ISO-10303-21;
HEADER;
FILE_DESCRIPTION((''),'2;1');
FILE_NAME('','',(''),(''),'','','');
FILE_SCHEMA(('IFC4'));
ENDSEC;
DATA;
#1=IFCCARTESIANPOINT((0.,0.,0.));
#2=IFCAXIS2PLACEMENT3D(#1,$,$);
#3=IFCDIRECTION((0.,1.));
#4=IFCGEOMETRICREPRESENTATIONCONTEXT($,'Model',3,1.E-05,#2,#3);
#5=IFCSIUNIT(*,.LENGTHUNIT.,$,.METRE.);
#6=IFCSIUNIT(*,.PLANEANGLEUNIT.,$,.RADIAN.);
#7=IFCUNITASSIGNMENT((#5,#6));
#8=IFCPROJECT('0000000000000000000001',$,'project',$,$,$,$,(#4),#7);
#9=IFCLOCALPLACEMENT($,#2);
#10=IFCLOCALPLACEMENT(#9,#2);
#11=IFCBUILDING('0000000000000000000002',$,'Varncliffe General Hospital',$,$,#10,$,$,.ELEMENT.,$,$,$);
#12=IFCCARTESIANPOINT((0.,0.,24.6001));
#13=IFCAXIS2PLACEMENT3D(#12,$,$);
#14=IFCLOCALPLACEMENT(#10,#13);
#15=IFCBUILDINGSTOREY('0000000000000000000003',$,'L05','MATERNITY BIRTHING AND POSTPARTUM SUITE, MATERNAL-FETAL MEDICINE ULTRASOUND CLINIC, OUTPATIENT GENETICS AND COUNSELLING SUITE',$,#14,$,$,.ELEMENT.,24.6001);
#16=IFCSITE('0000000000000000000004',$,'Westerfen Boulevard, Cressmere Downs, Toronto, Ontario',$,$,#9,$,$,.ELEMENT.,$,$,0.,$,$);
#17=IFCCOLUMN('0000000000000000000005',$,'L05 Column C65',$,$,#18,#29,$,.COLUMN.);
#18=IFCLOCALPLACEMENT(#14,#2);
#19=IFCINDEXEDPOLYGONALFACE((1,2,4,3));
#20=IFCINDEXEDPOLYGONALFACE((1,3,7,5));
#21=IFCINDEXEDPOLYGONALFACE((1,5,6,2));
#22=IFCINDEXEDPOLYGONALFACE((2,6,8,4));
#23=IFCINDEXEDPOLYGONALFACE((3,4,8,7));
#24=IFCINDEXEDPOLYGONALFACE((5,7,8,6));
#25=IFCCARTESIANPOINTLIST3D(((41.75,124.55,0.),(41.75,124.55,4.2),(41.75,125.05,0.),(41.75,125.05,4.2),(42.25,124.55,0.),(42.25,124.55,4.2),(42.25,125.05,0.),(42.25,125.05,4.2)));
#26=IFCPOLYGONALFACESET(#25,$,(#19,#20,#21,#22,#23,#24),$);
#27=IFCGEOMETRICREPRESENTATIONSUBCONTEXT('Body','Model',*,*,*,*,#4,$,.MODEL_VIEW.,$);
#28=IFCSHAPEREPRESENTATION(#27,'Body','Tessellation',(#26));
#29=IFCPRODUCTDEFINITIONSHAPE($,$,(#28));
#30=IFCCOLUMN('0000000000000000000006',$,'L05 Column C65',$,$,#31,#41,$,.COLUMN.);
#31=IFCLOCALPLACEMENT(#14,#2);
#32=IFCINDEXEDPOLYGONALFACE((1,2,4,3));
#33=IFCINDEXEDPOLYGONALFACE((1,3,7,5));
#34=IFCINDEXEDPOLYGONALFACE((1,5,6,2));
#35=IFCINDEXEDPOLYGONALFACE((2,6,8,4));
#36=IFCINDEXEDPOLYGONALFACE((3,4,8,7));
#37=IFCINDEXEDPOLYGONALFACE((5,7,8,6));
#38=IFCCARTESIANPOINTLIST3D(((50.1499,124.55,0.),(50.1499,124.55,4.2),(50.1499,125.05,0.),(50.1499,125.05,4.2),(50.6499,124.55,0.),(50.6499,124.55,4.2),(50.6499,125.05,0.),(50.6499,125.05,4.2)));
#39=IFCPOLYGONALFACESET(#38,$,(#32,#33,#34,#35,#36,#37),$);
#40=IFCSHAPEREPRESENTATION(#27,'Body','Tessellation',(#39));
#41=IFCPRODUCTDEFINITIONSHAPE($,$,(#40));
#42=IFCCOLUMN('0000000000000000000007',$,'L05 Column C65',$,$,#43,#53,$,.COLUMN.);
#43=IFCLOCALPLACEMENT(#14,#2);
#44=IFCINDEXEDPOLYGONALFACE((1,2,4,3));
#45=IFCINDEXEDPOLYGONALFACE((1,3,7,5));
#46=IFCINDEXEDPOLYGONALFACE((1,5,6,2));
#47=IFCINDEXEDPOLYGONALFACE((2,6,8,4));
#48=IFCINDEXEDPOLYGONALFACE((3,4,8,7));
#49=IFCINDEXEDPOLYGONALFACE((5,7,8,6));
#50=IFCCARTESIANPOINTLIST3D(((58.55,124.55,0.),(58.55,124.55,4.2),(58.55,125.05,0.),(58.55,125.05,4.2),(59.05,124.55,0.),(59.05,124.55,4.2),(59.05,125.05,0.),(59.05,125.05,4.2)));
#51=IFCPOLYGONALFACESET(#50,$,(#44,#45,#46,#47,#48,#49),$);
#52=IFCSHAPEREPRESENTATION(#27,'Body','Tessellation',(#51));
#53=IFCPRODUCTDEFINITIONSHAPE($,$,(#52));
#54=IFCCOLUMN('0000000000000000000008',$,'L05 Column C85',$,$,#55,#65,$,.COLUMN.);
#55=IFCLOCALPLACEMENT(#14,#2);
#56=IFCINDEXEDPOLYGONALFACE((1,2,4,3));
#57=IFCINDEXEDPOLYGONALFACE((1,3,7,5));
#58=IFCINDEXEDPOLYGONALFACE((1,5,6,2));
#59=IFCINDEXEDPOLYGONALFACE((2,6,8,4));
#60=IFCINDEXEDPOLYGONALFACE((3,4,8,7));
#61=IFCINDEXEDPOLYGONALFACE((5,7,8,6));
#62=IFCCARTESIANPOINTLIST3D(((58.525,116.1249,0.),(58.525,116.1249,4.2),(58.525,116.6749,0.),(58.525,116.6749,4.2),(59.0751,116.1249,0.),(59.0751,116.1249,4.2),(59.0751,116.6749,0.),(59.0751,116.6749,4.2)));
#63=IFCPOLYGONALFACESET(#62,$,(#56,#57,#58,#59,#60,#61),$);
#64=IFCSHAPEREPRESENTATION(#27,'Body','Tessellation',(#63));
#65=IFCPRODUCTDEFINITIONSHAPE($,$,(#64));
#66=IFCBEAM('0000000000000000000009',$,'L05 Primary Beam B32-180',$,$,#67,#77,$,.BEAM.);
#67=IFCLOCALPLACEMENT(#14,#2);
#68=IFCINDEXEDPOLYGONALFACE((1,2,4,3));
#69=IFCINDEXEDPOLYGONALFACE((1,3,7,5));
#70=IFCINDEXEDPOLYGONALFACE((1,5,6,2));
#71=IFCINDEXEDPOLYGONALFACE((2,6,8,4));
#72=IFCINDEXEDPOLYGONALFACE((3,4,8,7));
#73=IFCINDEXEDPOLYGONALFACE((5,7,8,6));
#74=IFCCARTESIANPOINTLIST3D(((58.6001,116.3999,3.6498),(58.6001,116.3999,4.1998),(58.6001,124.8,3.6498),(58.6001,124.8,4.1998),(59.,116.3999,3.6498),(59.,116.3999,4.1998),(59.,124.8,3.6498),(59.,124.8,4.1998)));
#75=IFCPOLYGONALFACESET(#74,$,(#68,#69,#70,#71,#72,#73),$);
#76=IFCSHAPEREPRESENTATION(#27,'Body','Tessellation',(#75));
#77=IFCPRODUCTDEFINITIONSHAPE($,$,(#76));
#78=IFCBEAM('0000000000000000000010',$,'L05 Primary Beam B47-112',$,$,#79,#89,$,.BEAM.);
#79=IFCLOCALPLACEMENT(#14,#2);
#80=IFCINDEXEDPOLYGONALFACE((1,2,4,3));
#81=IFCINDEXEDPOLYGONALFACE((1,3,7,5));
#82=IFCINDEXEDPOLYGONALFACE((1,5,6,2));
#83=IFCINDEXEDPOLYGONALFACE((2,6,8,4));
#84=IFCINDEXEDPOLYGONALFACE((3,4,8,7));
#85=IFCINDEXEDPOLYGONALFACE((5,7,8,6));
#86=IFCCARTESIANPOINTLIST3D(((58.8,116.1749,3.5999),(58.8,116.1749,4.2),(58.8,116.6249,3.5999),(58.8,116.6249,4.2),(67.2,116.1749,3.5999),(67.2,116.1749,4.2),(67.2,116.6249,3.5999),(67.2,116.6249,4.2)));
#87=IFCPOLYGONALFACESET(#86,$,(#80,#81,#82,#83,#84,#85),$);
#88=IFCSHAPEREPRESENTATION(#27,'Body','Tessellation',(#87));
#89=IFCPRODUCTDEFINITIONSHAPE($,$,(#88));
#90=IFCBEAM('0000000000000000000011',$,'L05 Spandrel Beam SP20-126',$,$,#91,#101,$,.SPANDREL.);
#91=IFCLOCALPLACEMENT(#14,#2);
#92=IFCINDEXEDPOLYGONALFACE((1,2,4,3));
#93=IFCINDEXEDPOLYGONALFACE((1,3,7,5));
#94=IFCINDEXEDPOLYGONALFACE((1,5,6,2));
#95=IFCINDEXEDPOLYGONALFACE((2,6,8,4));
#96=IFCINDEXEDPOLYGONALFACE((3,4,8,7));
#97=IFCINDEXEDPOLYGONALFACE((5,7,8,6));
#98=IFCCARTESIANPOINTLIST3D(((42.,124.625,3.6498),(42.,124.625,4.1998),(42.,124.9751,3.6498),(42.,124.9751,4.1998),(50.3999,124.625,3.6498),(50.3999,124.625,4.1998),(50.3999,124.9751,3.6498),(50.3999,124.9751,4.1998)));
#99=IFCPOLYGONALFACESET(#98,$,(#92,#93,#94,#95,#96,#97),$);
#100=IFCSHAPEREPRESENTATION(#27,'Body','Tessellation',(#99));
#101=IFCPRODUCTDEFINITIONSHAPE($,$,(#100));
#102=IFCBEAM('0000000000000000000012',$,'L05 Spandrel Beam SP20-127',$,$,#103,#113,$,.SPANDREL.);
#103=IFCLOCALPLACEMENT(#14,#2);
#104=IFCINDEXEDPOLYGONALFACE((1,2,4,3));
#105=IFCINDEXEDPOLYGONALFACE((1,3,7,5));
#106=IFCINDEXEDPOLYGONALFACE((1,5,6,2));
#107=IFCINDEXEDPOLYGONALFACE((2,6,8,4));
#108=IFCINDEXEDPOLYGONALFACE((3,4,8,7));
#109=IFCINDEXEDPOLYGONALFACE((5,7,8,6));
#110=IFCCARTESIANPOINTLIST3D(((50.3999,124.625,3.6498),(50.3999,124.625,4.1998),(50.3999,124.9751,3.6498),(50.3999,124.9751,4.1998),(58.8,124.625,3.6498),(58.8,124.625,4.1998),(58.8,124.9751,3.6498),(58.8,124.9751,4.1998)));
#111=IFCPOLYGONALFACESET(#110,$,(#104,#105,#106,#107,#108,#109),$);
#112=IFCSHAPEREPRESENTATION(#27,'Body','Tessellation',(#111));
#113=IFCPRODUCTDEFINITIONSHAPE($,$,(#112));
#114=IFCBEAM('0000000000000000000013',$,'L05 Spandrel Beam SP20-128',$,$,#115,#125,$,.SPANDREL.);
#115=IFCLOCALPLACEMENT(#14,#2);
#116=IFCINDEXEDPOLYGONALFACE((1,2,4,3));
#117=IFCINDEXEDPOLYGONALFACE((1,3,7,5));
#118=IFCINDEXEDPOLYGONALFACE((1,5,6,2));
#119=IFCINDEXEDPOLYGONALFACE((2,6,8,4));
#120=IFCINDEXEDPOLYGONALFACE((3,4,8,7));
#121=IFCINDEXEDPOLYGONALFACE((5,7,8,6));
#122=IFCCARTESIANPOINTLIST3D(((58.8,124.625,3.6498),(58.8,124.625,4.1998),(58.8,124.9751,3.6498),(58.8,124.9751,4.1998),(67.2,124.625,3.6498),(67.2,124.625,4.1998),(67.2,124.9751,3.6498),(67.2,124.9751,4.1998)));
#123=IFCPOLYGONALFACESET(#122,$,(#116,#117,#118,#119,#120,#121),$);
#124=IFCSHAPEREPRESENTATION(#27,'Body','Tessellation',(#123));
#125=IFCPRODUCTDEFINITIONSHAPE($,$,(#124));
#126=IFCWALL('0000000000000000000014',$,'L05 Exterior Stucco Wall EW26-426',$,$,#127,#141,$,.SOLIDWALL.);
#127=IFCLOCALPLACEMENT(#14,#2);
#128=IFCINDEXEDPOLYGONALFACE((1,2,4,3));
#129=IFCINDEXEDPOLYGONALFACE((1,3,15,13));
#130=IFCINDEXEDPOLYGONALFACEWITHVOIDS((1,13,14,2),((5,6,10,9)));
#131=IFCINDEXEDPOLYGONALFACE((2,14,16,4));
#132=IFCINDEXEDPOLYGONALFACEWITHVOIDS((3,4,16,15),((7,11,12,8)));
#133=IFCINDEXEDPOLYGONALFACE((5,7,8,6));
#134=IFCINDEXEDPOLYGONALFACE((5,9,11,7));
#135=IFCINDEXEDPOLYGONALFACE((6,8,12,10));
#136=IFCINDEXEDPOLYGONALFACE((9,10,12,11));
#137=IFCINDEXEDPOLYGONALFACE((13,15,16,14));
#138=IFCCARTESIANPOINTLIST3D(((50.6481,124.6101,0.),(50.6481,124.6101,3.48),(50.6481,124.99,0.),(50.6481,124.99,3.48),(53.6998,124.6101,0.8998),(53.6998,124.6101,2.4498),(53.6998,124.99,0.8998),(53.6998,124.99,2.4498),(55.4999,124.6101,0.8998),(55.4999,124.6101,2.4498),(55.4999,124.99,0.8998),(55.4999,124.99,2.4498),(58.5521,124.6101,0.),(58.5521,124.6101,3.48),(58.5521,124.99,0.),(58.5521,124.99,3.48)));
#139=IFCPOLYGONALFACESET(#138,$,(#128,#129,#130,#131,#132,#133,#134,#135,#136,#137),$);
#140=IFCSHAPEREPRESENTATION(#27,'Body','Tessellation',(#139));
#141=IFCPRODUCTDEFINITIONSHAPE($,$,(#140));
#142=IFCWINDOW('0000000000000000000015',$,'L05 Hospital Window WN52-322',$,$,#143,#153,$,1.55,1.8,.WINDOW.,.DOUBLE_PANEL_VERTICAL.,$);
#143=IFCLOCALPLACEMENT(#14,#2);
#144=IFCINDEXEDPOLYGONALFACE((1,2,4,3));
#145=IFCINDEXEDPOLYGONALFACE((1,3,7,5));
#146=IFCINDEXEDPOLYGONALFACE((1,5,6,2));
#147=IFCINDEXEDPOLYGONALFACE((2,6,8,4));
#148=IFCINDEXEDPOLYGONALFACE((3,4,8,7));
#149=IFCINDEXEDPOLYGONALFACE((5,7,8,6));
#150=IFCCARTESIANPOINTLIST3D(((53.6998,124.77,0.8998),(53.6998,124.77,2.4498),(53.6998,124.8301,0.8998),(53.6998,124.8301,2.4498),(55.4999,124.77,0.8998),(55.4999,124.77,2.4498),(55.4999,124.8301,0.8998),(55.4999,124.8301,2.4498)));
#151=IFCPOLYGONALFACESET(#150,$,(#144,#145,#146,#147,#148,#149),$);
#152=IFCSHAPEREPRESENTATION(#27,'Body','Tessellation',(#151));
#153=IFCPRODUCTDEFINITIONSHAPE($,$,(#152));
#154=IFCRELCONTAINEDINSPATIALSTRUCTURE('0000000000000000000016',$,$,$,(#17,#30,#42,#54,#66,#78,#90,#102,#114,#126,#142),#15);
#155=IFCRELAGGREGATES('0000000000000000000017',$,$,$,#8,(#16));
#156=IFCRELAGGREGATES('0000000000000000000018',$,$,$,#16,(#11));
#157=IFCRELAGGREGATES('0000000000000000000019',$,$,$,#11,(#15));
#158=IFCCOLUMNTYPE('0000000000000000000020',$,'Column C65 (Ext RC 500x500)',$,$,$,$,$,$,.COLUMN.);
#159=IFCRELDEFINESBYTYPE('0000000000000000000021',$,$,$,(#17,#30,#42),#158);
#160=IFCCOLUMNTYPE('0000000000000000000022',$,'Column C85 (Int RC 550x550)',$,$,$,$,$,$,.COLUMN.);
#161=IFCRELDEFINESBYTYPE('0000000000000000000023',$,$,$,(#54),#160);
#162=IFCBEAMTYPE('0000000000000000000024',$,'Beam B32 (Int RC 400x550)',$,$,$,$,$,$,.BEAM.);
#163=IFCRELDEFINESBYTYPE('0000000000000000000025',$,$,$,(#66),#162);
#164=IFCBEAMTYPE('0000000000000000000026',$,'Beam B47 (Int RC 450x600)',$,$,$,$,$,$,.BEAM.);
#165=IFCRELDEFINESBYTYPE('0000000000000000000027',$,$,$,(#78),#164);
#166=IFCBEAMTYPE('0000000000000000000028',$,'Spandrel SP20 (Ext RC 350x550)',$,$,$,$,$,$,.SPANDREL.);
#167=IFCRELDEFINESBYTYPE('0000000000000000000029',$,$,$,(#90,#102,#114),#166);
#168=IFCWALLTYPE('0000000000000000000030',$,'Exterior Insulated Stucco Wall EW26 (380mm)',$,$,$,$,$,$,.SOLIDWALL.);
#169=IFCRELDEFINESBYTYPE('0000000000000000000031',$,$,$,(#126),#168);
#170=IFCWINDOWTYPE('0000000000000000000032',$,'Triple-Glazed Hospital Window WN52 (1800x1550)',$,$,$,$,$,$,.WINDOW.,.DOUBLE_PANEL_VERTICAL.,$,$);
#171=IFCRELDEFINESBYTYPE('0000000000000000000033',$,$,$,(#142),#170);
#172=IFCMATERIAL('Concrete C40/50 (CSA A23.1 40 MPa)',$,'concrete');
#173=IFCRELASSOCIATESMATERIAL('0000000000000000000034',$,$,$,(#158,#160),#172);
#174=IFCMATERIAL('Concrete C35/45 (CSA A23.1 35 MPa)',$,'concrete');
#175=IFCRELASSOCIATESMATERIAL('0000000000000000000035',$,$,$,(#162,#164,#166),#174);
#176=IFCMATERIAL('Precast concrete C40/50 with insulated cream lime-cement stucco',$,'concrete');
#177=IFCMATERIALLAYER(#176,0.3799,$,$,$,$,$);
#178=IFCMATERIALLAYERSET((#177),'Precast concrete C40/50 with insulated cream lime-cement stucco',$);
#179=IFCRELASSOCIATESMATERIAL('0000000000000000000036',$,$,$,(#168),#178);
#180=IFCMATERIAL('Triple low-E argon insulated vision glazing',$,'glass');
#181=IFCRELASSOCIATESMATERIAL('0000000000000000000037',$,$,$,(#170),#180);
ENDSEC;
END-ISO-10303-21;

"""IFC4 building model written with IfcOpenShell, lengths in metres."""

from ifc_helpers import new_model, si_unit, direction, frame, frame_2d, origin, origin_2d, place, context, subcontext, project, spatial, rectangle, extrude, material, layer, layer_set, material_profile, profile_set, type_object, element, fill, save


model = new_model("IFC4")

# Units and contexts
model_context = context("Model", 3, precision=1e-05, world=origin(), true_north=direction((0.0, 1.0)))
body_context = subcontext(model_context, "Body", "Model", "MODEL_VIEW")
ifc_project = project(units=[si_unit("LENGTHUNIT", "METRE"), si_unit("PLANEANGLEUNIT", "RADIAN")], contexts=[model_context])

# Site, building, storey
site_placement = place(None, origin())
site = spatial("IfcSite", under=ifc_project, at=site_placement, Name="Westerfen Boulevard, Cressmere Downs, Toronto, Ontario", CompositionType="ELEMENT", RefElevation=0.0)
building_placement = place(site_placement, origin())
building = spatial("IfcBuilding", under=site, at=building_placement, Name="Varncliffe General Hospital", CompositionType="ELEMENT")
storey_placement = place(building_placement, frame((0.0, 0.0, 24.6001)))
storey = spatial("IfcBuildingStorey", under=building, at=storey_placement, Name="L05", Description="MATERNITY BIRTHING AND POSTPARTUM SUITE, MATERNAL-FETAL MEDICINE ULTRASOUND CLINIC, OUTPATIENT GENETICS AND COUNSELLING SUITE", CompositionType="ELEMENT", Elevation=24.6001)

# Columns
ifc_material_1 = material(Name="Concrete C40/50 (CSA A23.1 40 MPa)", Category="concrete")
ifc_material_profile_1 = material_profile(ifc_material_1, rectangle(XDim=0.5, YDim=0.5, at=origin_2d()), Name="RC 500x500")
ifc_profile_set_1 = profile_set([ifc_material_profile_1], Name="Concrete C40/50 (CSA A23.1 40 MPa)")
column_type_1 = type_object("IfcColumnType", Name="Column C65 (Ext RC 500x500)", PredefinedType="COLUMN", material=ifc_profile_set_1)
for number, where, z_axis, x_axis, name in (
    (1, (42.0, 124.8, 0.0), (0.0, 0.0, 1.0), (1.0, 0.0, 0.0), "L05 Column C65"),
    (2, (50.3999, 124.8, 0.0), (0.0, 0.0, 1.0), (1.0, 0.0, 0.0), "L05 Column C65"),
    (3, (58.8, 124.8, 0.0), (0.0, 0.0, 1.0), (1.0, 0.0, 0.0), "L05 Column C65"),
):
    element("IfcColumn", number, at=place(storey_placement, frame(where, z_axis=z_axis, x_axis=x_axis)), inside=storey, type_object=column_type_1, Name=name, PredefinedType="COLUMN", context=body_context, shape_type="SweptSolid", body=[
        extrude(rectangle(XDim=0.5, YDim=0.5, at=origin_2d()), origin(), (0.0, 0.0, 1.0), 4.2),
    ])
ifc_material_profile_2 = material_profile(ifc_material_1, rectangle(XDim=0.55, YDim=0.55, at=origin_2d()), Name="RC 550x550")
ifc_profile_set_2 = profile_set([ifc_material_profile_2], Name="Concrete C40/50 (CSA A23.1 40 MPa)")
column_type_2 = type_object("IfcColumnType", Name="Column C85 (Int RC 550x550)", PredefinedType="COLUMN", material=ifc_profile_set_2)
column_placement = place(storey_placement, frame((58.8, 116.3999, 0.0), z_axis=(0.0, 0.0, 1.0), x_axis=(1.0, 0.0, 0.0)))
element("IfcColumn", 4, at=column_placement, inside=storey, type_object=column_type_2, Name="L05 Column C85", PredefinedType="COLUMN", context=body_context, shape_type="SweptSolid", body=[
    extrude(rectangle(XDim=0.55, YDim=0.55, at=origin_2d()), origin(), (0.0, 0.0, 1.0), 4.2),
])

# Beams
ifc_material_2 = material(Name="Concrete C35/45 (CSA A23.1 35 MPa)", Category="concrete")
ifc_material_profile_3 = material_profile(ifc_material_2, rectangle(XDim=0.3999, YDim=0.55, at=origin_2d()), Name="RC 400x550")
ifc_profile_set_3 = profile_set([ifc_material_profile_3], Name="Concrete C35/45 (CSA A23.1 35 MPa)")
beam_type_1 = type_object("IfcBeamType", Name="Beam B32 (Int RC 400x550)", PredefinedType="BEAM", material=ifc_profile_set_3)
beam_1_placement = place(storey_placement, frame((58.8, 116.3999, 3.9248), z_axis=(0.0, 1.0, 0.0), x_axis=(-1.0, 0.0, 0.0)))
element("IfcBeam", 5, at=beam_1_placement, inside=storey, type_object=beam_type_1, Name="L05 Primary Beam B32-180", PredefinedType="BEAM", context=body_context, shape_type="SweptSolid", body=[
    extrude(rectangle(XDim=0.3999, YDim=0.55, at=origin_2d()), origin(), (0.0, 0.0, 1.0), 8.4001),
])
ifc_material_profile_4 = material_profile(ifc_material_2, rectangle(XDim=0.45, YDim=0.6001, at=origin_2d()), Name="RC 450x600")
ifc_profile_set_4 = profile_set([ifc_material_profile_4], Name="Concrete C35/45 (CSA A23.1 35 MPa)")
beam_type_2 = type_object("IfcBeamType", Name="Beam B47 (Int RC 450x600)", PredefinedType="BEAM", material=ifc_profile_set_4)
beam_2_placement = place(storey_placement, frame((58.8, 116.3999, 3.8999), z_axis=(1.0, 0.0, 0.0), x_axis=(0.0, 1.0, 0.0)))
element("IfcBeam", 6, at=beam_2_placement, inside=storey, type_object=beam_type_2, Name="L05 Primary Beam B47-112", PredefinedType="BEAM", context=body_context, shape_type="SweptSolid", body=[
    extrude(rectangle(XDim=0.45, YDim=0.6001, at=origin_2d()), origin(), (0.0, 0.0, 1.0), 8.3999),
])
ifc_material_profile_5 = material_profile(ifc_material_2, rectangle(XDim=0.3501, YDim=0.55, at=origin_2d()), Name="RC 350x550")
ifc_profile_set_5 = profile_set([ifc_material_profile_5], Name="Concrete C35/45 (CSA A23.1 35 MPa)")
beam_type_3 = type_object("IfcBeamType", Name="Spandrel SP20 (Ext RC 350x550)", PredefinedType="SPANDREL", material=ifc_profile_set_5)
beam_3_placement = place(storey_placement, frame((42.0, 124.8, 3.9248), z_axis=(1.0, 0.0, 0.0), x_axis=(0.0, 1.0, 0.0)))
element("IfcBeam", 7, at=beam_3_placement, inside=storey, type_object=beam_type_3, Name="L05 Spandrel Beam SP20-126", PredefinedType="SPANDREL", context=body_context, shape_type="SweptSolid", body=[
    extrude(rectangle(XDim=0.3501, YDim=0.55, at=origin_2d()), origin(), (0.0, 0.0, 1.0), 8.3999),
])
beam_4_placement = place(storey_placement, frame((50.3999, 124.8, 3.9248), z_axis=(1.0, 0.0, 0.0), x_axis=(0.0, 1.0, 0.0)))
element("IfcBeam", 8, at=beam_4_placement, inside=storey, type_object=beam_type_3, Name="L05 Spandrel Beam SP20-127", PredefinedType="SPANDREL", context=body_context, shape_type="SweptSolid", body=[
    extrude(rectangle(XDim=0.3501, YDim=0.55, at=origin_2d()), origin(), (0.0, 0.0, 1.0), 8.4001),
])
beam_5_placement = place(storey_placement, frame((58.8, 124.8, 3.9248), z_axis=(1.0, 0.0, 0.0), x_axis=(0.0, 1.0, 0.0)))
element("IfcBeam", 9, at=beam_5_placement, inside=storey, type_object=beam_type_3, Name="L05 Spandrel Beam SP20-128", PredefinedType="SPANDREL", context=body_context, shape_type="SweptSolid", body=[
    extrude(rectangle(XDim=0.3501, YDim=0.55, at=origin_2d()), origin(), (0.0, 0.0, 1.0), 8.3999),
])

# Wall, opening, window
ifc_material_3 = material(Name="Precast concrete C40/50 with insulated cream lime-cement stucco", Category="concrete")
ifc_layer_1 = layer(ifc_material_3, 0.3799)
ifc_layer_set_1 = layer_set([ifc_layer_1], Name="Precast concrete C40/50 with insulated cream lime-cement stucco")
wall_type_1 = type_object("IfcWallType", Name="Exterior Insulated Stucco Wall EW26 (380mm)", PredefinedType="SOLIDWALL", material=ifc_layer_set_1)
wall_1_placement = place(storey_placement, frame((50.6479, 124.8, 0.0), z_axis=(0.0, 0.0, 1.0), x_axis=(1.0, 0.0, 0.0)))
wall_1 = element("IfcWall", 10, at=wall_1_placement, inside=storey, type_object=wall_type_1, Name="L05 Exterior Stucco Wall EW26-426", PredefinedType="SOLIDWALL", context=body_context, shape_type="SweptSolid", body=[
    extrude(rectangle(XDim=7.9041, YDim=0.3799, at=frame_2d((3.9521, 0.0))), origin(), (0.0, 0.0, 1.0), 3.48),
])
opening_1_placement = place(wall_1_placement, frame((3.052, 0.0, 0.8999)))
opening_1 = element("IfcOpeningElement", 11, at=opening_1_placement, cuts=wall_1, PredefinedType="OPENING", context=body_context, shape_type="SweptSolid", body=[
    extrude(rectangle(XDim=1.8, YDim=1.55, at=frame_2d((0.8999, 0.7749))), frame((0.0, 0.2, 0.0), z_axis=(0.0, -1.0, 0.0), x_axis=(1.0, 0.0, 0.0)), (0.0, 0.0, 1.0), 0.3999),
])
ifc_material_4 = material(Name="Triple low-E argon insulated vision glazing", Category="glass")
window_type_1 = type_object("IfcWindowType", Name="Triple-Glazed Hospital Window WN52 (1800x1550)", PartitioningType="DOUBLE_PANEL_VERTICAL", PredefinedType="WINDOW", material=ifc_material_4)
window_1_placement = place(opening_1_placement, origin())
window_1 = element("IfcWindow", 12, at=window_1_placement, inside=storey, type_object=window_type_1, Name="L05 Hospital Window WN52-322", OverallHeight=1.55, OverallWidth=1.8, PartitioningType="DOUBLE_PANEL_VERTICAL", PredefinedType="WINDOW", context=body_context, shape_type="SweptSolid", body=[
    extrude(rectangle(XDim=1.8, YDim=1.55, at=frame_2d((0.8999, 0.7749))), frame((0.0, 0.03, 0.0), z_axis=(0.0, -1.0, 0.0), x_axis=(1.0, 0.0, 0.0)), (0.0, 0.0, 1.0), 0.0601),
])
fill(opening_1, window_1)

save(model, "model.ifc")
